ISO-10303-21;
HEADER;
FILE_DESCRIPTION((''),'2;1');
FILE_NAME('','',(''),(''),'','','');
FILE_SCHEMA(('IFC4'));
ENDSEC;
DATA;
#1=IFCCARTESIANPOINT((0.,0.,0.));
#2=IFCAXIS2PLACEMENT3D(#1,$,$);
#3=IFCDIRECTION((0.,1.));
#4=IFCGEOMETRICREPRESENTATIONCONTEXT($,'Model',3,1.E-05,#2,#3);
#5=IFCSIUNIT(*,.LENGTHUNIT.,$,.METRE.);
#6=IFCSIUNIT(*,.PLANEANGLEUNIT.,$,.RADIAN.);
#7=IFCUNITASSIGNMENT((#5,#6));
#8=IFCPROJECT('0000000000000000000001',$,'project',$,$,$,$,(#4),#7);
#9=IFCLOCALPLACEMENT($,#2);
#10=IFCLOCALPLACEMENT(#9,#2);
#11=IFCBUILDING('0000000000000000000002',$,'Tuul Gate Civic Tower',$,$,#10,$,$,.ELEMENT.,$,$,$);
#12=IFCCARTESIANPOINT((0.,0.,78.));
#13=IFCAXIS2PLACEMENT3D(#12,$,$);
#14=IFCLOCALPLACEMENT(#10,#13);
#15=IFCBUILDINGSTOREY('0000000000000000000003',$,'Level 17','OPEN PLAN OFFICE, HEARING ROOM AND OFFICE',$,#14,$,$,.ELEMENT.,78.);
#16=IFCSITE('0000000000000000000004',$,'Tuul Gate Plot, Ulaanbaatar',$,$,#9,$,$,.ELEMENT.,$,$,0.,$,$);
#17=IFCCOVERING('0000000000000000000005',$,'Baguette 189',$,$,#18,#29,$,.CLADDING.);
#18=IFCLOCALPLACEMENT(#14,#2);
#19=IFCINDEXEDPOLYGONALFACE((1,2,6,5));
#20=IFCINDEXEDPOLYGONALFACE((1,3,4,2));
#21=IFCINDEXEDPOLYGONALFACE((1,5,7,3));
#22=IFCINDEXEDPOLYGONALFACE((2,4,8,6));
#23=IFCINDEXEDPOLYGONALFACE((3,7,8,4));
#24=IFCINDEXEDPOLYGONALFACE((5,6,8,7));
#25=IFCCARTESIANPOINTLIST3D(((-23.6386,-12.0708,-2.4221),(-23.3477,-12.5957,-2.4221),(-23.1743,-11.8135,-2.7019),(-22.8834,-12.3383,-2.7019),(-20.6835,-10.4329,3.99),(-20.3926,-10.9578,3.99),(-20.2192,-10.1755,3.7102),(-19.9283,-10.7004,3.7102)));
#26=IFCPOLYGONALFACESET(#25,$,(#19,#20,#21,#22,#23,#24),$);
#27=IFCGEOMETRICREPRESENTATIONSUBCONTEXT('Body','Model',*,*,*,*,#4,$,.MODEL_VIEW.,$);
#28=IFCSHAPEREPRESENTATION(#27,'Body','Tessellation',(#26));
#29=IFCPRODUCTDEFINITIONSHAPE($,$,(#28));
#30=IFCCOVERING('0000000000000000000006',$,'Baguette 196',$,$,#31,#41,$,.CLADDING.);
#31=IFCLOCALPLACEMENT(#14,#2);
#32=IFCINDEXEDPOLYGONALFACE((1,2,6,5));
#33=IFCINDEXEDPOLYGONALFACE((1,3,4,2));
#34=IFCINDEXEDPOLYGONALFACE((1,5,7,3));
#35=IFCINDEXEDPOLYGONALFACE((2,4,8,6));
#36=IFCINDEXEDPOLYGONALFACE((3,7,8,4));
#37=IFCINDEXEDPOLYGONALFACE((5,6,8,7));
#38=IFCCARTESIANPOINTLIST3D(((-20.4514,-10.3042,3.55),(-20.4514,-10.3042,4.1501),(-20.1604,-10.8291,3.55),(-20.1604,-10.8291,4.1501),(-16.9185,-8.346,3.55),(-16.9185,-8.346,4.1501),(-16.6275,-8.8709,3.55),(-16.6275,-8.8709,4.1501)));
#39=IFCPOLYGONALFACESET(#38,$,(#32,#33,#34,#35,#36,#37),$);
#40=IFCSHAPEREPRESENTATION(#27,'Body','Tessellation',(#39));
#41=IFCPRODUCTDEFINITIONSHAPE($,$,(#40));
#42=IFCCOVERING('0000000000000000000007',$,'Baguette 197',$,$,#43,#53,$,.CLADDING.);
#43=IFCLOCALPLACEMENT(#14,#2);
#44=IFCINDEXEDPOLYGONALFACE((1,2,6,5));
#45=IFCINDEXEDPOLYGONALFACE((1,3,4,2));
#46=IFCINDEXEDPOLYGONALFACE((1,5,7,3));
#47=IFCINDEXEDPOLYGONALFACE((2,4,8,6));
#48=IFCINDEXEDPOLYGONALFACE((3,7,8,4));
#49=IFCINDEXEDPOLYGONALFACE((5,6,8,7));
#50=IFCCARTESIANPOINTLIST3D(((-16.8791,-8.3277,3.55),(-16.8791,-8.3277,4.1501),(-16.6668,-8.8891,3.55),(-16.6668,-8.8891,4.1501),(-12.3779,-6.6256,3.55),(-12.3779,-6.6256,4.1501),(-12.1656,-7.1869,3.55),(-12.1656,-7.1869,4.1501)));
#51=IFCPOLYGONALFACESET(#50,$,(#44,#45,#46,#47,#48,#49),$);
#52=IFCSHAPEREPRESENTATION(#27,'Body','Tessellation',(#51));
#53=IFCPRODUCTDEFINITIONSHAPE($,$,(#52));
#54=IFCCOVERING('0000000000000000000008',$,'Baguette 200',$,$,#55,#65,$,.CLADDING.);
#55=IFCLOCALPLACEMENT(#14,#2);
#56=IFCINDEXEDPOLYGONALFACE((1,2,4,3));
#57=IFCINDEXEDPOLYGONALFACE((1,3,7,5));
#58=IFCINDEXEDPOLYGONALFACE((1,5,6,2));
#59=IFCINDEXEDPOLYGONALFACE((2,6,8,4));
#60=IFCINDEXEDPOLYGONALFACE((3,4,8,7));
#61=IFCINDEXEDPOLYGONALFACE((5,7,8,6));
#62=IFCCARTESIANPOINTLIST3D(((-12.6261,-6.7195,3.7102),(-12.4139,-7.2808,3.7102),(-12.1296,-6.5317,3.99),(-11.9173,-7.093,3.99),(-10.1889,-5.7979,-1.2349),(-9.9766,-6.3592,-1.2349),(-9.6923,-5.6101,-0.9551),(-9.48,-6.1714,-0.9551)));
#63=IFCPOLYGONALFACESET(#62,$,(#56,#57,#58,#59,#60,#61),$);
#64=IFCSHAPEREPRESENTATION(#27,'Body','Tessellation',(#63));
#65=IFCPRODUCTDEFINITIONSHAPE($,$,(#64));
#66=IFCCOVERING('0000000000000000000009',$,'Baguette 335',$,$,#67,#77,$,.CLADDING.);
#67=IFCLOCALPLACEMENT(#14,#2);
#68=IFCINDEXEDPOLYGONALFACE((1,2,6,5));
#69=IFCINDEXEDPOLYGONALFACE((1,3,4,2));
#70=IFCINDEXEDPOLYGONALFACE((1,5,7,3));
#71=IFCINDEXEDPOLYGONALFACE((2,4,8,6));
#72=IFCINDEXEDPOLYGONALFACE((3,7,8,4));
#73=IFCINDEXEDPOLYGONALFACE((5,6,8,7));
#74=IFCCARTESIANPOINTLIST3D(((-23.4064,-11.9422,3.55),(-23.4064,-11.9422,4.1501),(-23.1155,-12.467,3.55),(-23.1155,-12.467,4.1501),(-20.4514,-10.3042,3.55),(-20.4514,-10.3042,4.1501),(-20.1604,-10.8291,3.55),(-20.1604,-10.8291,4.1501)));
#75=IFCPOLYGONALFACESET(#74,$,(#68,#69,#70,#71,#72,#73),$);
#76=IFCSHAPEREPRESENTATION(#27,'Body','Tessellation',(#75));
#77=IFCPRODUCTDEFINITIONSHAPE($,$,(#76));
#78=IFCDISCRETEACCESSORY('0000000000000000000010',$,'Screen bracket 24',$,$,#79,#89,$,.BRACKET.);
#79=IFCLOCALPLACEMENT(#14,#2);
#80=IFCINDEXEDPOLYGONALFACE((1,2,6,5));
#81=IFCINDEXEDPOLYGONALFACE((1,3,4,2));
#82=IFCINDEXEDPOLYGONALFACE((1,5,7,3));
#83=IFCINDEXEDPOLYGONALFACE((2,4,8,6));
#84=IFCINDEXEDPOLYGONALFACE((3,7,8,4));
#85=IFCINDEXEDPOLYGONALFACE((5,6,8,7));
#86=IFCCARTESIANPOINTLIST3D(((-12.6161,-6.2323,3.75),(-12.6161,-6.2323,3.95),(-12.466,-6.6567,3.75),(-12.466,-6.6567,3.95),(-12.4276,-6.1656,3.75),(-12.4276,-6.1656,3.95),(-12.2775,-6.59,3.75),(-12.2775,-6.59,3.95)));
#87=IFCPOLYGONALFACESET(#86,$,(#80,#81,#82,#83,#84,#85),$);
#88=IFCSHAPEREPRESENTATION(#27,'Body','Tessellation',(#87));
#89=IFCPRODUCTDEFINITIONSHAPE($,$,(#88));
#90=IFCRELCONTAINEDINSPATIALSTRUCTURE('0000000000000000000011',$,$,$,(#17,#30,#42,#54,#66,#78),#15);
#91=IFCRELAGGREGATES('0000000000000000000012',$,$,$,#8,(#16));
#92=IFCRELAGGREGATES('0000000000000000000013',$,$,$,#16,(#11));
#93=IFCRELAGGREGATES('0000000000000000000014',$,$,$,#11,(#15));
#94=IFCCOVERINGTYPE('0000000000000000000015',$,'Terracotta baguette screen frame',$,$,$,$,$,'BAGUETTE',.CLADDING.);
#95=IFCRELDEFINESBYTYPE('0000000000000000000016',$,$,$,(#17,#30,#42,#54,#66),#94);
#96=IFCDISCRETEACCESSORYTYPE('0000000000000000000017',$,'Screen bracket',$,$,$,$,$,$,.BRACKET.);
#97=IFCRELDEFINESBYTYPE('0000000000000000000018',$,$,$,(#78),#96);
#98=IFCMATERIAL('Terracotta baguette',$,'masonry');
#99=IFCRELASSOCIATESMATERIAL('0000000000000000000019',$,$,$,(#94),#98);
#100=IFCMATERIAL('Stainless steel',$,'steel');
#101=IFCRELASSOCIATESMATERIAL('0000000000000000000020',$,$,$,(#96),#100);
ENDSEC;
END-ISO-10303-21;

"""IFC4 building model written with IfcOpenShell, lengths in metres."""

from ifc_helpers import new_model, si_unit, direction, frame, origin, origin_2d, place, context, subcontext, project, spatial, rectangle, extrude, material, material_profile, profile_set, type_object, element, save


model = new_model("IFC4")

# Units and contexts
model_context = context("Model", 3, precision=1e-05, world=origin(), true_north=direction((0.0, 1.0)))
body_context = subcontext(model_context, "Body", "Model", "MODEL_VIEW")
ifc_project = project(units=[si_unit("LENGTHUNIT", "METRE"), si_unit("PLANEANGLEUNIT", "RADIAN")], contexts=[model_context])

# Site, building, storey
site_placement = place(None, origin())
site = spatial("IfcSite", under=ifc_project, at=site_placement, Name="Tuul Gate Plot, Ulaanbaatar", CompositionType="ELEMENT", RefElevation=0.0)
building_placement = place(site_placement, origin())
building = spatial("IfcBuilding", under=site, at=building_placement, Name="Tuul Gate Civic Tower", CompositionType="ELEMENT")
storey_placement = place(building_placement, frame((0.0, 0.0, 78.0)))
storey = spatial("IfcBuildingStorey", under=building, at=storey_placement, Name="Level 17", Description="OPEN PLAN OFFICE, HEARING ROOM AND OFFICE", CompositionType="ELEMENT", Elevation=78.0)

# Coverings
ifc_material_1 = material(Name="Terracotta baguette", Category="masonry")
ifc_material_profile_1 = material_profile(ifc_material_1, rectangle(XDim=0.6001, YDim=0.6001, at=origin_2d()), Name="Terracotta baguette screen frame")
ifc_profile_set_1 = profile_set([ifc_material_profile_1], Name="Terracotta baguette")
covering_type = type_object("IfcCoveringType", Name="Terracotta baguette screen frame", ElementType="BAGUETTE", PredefinedType="CLADDING", material=ifc_profile_set_1)
covering_1_placement = place(storey_placement, frame((-23.261, -12.2046, -2.562), z_axis=(0.407721, 0.225992, 0.884698), x_axis=(-0.48479, 0.874631, 0.0)))
element("IfcCovering", 1, at=covering_1_placement, inside=storey, type_object=covering_type, Name="Baguette 189", PredefinedType="CLADDING", context=body_context, shape_type="SweptSolid", body=[
    extrude(rectangle(XDim=0.6001, YDim=0.6001, at=origin_2d()), origin(), (0.0, 0.0, 1.0), 7.2478),
])
covering_2_placement = place(storey_placement, frame((-20.3059, -10.5667, 3.8501), z_axis=(0.87463, 0.484791, 0.0), x_axis=(-0.484791, 0.87463, 0.0)))
element("IfcCovering", 2, at=covering_2_placement, inside=storey, type_object=covering_type, Name="Baguette 196", PredefinedType="CLADDING", context=body_context, shape_type="SweptSolid", body=[
    extrude(rectangle(XDim=0.6001, YDim=0.6001, at=origin_2d()), origin(), (0.0, 0.0, 1.0), 4.0393),
])
covering_3_placement = place(storey_placement, frame((-16.7729, -8.6084, 3.8501), z_axis=(0.935356, 0.353707, 0.0), x_axis=(-0.353707, 0.935356, 0.0)))
element("IfcCovering", 3, at=covering_3_placement, inside=storey, type_object=covering_type, Name="Baguette 197", PredefinedType="CLADDING", context=body_context, shape_type="SweptSolid", body=[
    extrude(rectangle(XDim=0.6001, YDim=0.6001, at=origin_2d()), origin(), (0.0, 0.0, 1.0), 4.8123),
])
covering_4_placement = place(storey_placement, frame((-12.2717, -6.9062, 3.8501), z_axis=(0.436036, 0.164884, -0.884695), x_axis=(-0.353699, 0.935359, 0.0)))
element("IfcCovering", 4, at=covering_4_placement, inside=storey, type_object=covering_type, Name="Baguette 200", PredefinedType="CLADDING", context=body_context, shape_type="SweptSolid", body=[
    extrude(rectangle(XDim=0.6001, YDim=0.6001, at=origin_2d()), origin(), (0.0, 0.0, 1.0), 5.5896),
])
covering_5_placement = place(storey_placement, frame((-23.261, -12.2046, 3.8501), z_axis=(0.874631, 0.48479, 0.0), x_axis=(-0.48479, 0.874631, 0.0)))
element("IfcCovering", 5, at=covering_5_placement, inside=storey, type_object=covering_type, Name="Baguette 335", PredefinedType="CLADDING", context=body_context, shape_type="SweptSolid", body=[
    extrude(rectangle(XDim=0.6001, YDim=0.6001, at=origin_2d()), origin(), (0.0, 0.0, 1.0), 3.3787),
])

# Discrete accessory
ifc_material_2 = material(Name="Stainless steel", Category="steel")
discrete_accessory_type = type_object("IfcDiscreteAccessoryType", Name="Screen bracket", PredefinedType="BRACKET", material=ifc_material_2)
discrete_accessory_placement = place(storey_placement, frame((-12.4468, -6.4111, 3.75), z_axis=(0.0, 0.0, 1.0), x_axis=(0.33347, -0.942761, 0.0)))
element("IfcDiscreteAccessory", 6, at=discrete_accessory_placement, inside=storey, type_object=discrete_accessory_type, Name="Screen bracket 24", PredefinedType="BRACKET", context=body_context, shape_type="SweptSolid", body=[
    extrude(rectangle(XDim=0.4502, YDim=0.2, at=origin_2d()), origin(), (0.0, 0.0, 1.0), 0.2),
])

save(model, "model.ifc")
